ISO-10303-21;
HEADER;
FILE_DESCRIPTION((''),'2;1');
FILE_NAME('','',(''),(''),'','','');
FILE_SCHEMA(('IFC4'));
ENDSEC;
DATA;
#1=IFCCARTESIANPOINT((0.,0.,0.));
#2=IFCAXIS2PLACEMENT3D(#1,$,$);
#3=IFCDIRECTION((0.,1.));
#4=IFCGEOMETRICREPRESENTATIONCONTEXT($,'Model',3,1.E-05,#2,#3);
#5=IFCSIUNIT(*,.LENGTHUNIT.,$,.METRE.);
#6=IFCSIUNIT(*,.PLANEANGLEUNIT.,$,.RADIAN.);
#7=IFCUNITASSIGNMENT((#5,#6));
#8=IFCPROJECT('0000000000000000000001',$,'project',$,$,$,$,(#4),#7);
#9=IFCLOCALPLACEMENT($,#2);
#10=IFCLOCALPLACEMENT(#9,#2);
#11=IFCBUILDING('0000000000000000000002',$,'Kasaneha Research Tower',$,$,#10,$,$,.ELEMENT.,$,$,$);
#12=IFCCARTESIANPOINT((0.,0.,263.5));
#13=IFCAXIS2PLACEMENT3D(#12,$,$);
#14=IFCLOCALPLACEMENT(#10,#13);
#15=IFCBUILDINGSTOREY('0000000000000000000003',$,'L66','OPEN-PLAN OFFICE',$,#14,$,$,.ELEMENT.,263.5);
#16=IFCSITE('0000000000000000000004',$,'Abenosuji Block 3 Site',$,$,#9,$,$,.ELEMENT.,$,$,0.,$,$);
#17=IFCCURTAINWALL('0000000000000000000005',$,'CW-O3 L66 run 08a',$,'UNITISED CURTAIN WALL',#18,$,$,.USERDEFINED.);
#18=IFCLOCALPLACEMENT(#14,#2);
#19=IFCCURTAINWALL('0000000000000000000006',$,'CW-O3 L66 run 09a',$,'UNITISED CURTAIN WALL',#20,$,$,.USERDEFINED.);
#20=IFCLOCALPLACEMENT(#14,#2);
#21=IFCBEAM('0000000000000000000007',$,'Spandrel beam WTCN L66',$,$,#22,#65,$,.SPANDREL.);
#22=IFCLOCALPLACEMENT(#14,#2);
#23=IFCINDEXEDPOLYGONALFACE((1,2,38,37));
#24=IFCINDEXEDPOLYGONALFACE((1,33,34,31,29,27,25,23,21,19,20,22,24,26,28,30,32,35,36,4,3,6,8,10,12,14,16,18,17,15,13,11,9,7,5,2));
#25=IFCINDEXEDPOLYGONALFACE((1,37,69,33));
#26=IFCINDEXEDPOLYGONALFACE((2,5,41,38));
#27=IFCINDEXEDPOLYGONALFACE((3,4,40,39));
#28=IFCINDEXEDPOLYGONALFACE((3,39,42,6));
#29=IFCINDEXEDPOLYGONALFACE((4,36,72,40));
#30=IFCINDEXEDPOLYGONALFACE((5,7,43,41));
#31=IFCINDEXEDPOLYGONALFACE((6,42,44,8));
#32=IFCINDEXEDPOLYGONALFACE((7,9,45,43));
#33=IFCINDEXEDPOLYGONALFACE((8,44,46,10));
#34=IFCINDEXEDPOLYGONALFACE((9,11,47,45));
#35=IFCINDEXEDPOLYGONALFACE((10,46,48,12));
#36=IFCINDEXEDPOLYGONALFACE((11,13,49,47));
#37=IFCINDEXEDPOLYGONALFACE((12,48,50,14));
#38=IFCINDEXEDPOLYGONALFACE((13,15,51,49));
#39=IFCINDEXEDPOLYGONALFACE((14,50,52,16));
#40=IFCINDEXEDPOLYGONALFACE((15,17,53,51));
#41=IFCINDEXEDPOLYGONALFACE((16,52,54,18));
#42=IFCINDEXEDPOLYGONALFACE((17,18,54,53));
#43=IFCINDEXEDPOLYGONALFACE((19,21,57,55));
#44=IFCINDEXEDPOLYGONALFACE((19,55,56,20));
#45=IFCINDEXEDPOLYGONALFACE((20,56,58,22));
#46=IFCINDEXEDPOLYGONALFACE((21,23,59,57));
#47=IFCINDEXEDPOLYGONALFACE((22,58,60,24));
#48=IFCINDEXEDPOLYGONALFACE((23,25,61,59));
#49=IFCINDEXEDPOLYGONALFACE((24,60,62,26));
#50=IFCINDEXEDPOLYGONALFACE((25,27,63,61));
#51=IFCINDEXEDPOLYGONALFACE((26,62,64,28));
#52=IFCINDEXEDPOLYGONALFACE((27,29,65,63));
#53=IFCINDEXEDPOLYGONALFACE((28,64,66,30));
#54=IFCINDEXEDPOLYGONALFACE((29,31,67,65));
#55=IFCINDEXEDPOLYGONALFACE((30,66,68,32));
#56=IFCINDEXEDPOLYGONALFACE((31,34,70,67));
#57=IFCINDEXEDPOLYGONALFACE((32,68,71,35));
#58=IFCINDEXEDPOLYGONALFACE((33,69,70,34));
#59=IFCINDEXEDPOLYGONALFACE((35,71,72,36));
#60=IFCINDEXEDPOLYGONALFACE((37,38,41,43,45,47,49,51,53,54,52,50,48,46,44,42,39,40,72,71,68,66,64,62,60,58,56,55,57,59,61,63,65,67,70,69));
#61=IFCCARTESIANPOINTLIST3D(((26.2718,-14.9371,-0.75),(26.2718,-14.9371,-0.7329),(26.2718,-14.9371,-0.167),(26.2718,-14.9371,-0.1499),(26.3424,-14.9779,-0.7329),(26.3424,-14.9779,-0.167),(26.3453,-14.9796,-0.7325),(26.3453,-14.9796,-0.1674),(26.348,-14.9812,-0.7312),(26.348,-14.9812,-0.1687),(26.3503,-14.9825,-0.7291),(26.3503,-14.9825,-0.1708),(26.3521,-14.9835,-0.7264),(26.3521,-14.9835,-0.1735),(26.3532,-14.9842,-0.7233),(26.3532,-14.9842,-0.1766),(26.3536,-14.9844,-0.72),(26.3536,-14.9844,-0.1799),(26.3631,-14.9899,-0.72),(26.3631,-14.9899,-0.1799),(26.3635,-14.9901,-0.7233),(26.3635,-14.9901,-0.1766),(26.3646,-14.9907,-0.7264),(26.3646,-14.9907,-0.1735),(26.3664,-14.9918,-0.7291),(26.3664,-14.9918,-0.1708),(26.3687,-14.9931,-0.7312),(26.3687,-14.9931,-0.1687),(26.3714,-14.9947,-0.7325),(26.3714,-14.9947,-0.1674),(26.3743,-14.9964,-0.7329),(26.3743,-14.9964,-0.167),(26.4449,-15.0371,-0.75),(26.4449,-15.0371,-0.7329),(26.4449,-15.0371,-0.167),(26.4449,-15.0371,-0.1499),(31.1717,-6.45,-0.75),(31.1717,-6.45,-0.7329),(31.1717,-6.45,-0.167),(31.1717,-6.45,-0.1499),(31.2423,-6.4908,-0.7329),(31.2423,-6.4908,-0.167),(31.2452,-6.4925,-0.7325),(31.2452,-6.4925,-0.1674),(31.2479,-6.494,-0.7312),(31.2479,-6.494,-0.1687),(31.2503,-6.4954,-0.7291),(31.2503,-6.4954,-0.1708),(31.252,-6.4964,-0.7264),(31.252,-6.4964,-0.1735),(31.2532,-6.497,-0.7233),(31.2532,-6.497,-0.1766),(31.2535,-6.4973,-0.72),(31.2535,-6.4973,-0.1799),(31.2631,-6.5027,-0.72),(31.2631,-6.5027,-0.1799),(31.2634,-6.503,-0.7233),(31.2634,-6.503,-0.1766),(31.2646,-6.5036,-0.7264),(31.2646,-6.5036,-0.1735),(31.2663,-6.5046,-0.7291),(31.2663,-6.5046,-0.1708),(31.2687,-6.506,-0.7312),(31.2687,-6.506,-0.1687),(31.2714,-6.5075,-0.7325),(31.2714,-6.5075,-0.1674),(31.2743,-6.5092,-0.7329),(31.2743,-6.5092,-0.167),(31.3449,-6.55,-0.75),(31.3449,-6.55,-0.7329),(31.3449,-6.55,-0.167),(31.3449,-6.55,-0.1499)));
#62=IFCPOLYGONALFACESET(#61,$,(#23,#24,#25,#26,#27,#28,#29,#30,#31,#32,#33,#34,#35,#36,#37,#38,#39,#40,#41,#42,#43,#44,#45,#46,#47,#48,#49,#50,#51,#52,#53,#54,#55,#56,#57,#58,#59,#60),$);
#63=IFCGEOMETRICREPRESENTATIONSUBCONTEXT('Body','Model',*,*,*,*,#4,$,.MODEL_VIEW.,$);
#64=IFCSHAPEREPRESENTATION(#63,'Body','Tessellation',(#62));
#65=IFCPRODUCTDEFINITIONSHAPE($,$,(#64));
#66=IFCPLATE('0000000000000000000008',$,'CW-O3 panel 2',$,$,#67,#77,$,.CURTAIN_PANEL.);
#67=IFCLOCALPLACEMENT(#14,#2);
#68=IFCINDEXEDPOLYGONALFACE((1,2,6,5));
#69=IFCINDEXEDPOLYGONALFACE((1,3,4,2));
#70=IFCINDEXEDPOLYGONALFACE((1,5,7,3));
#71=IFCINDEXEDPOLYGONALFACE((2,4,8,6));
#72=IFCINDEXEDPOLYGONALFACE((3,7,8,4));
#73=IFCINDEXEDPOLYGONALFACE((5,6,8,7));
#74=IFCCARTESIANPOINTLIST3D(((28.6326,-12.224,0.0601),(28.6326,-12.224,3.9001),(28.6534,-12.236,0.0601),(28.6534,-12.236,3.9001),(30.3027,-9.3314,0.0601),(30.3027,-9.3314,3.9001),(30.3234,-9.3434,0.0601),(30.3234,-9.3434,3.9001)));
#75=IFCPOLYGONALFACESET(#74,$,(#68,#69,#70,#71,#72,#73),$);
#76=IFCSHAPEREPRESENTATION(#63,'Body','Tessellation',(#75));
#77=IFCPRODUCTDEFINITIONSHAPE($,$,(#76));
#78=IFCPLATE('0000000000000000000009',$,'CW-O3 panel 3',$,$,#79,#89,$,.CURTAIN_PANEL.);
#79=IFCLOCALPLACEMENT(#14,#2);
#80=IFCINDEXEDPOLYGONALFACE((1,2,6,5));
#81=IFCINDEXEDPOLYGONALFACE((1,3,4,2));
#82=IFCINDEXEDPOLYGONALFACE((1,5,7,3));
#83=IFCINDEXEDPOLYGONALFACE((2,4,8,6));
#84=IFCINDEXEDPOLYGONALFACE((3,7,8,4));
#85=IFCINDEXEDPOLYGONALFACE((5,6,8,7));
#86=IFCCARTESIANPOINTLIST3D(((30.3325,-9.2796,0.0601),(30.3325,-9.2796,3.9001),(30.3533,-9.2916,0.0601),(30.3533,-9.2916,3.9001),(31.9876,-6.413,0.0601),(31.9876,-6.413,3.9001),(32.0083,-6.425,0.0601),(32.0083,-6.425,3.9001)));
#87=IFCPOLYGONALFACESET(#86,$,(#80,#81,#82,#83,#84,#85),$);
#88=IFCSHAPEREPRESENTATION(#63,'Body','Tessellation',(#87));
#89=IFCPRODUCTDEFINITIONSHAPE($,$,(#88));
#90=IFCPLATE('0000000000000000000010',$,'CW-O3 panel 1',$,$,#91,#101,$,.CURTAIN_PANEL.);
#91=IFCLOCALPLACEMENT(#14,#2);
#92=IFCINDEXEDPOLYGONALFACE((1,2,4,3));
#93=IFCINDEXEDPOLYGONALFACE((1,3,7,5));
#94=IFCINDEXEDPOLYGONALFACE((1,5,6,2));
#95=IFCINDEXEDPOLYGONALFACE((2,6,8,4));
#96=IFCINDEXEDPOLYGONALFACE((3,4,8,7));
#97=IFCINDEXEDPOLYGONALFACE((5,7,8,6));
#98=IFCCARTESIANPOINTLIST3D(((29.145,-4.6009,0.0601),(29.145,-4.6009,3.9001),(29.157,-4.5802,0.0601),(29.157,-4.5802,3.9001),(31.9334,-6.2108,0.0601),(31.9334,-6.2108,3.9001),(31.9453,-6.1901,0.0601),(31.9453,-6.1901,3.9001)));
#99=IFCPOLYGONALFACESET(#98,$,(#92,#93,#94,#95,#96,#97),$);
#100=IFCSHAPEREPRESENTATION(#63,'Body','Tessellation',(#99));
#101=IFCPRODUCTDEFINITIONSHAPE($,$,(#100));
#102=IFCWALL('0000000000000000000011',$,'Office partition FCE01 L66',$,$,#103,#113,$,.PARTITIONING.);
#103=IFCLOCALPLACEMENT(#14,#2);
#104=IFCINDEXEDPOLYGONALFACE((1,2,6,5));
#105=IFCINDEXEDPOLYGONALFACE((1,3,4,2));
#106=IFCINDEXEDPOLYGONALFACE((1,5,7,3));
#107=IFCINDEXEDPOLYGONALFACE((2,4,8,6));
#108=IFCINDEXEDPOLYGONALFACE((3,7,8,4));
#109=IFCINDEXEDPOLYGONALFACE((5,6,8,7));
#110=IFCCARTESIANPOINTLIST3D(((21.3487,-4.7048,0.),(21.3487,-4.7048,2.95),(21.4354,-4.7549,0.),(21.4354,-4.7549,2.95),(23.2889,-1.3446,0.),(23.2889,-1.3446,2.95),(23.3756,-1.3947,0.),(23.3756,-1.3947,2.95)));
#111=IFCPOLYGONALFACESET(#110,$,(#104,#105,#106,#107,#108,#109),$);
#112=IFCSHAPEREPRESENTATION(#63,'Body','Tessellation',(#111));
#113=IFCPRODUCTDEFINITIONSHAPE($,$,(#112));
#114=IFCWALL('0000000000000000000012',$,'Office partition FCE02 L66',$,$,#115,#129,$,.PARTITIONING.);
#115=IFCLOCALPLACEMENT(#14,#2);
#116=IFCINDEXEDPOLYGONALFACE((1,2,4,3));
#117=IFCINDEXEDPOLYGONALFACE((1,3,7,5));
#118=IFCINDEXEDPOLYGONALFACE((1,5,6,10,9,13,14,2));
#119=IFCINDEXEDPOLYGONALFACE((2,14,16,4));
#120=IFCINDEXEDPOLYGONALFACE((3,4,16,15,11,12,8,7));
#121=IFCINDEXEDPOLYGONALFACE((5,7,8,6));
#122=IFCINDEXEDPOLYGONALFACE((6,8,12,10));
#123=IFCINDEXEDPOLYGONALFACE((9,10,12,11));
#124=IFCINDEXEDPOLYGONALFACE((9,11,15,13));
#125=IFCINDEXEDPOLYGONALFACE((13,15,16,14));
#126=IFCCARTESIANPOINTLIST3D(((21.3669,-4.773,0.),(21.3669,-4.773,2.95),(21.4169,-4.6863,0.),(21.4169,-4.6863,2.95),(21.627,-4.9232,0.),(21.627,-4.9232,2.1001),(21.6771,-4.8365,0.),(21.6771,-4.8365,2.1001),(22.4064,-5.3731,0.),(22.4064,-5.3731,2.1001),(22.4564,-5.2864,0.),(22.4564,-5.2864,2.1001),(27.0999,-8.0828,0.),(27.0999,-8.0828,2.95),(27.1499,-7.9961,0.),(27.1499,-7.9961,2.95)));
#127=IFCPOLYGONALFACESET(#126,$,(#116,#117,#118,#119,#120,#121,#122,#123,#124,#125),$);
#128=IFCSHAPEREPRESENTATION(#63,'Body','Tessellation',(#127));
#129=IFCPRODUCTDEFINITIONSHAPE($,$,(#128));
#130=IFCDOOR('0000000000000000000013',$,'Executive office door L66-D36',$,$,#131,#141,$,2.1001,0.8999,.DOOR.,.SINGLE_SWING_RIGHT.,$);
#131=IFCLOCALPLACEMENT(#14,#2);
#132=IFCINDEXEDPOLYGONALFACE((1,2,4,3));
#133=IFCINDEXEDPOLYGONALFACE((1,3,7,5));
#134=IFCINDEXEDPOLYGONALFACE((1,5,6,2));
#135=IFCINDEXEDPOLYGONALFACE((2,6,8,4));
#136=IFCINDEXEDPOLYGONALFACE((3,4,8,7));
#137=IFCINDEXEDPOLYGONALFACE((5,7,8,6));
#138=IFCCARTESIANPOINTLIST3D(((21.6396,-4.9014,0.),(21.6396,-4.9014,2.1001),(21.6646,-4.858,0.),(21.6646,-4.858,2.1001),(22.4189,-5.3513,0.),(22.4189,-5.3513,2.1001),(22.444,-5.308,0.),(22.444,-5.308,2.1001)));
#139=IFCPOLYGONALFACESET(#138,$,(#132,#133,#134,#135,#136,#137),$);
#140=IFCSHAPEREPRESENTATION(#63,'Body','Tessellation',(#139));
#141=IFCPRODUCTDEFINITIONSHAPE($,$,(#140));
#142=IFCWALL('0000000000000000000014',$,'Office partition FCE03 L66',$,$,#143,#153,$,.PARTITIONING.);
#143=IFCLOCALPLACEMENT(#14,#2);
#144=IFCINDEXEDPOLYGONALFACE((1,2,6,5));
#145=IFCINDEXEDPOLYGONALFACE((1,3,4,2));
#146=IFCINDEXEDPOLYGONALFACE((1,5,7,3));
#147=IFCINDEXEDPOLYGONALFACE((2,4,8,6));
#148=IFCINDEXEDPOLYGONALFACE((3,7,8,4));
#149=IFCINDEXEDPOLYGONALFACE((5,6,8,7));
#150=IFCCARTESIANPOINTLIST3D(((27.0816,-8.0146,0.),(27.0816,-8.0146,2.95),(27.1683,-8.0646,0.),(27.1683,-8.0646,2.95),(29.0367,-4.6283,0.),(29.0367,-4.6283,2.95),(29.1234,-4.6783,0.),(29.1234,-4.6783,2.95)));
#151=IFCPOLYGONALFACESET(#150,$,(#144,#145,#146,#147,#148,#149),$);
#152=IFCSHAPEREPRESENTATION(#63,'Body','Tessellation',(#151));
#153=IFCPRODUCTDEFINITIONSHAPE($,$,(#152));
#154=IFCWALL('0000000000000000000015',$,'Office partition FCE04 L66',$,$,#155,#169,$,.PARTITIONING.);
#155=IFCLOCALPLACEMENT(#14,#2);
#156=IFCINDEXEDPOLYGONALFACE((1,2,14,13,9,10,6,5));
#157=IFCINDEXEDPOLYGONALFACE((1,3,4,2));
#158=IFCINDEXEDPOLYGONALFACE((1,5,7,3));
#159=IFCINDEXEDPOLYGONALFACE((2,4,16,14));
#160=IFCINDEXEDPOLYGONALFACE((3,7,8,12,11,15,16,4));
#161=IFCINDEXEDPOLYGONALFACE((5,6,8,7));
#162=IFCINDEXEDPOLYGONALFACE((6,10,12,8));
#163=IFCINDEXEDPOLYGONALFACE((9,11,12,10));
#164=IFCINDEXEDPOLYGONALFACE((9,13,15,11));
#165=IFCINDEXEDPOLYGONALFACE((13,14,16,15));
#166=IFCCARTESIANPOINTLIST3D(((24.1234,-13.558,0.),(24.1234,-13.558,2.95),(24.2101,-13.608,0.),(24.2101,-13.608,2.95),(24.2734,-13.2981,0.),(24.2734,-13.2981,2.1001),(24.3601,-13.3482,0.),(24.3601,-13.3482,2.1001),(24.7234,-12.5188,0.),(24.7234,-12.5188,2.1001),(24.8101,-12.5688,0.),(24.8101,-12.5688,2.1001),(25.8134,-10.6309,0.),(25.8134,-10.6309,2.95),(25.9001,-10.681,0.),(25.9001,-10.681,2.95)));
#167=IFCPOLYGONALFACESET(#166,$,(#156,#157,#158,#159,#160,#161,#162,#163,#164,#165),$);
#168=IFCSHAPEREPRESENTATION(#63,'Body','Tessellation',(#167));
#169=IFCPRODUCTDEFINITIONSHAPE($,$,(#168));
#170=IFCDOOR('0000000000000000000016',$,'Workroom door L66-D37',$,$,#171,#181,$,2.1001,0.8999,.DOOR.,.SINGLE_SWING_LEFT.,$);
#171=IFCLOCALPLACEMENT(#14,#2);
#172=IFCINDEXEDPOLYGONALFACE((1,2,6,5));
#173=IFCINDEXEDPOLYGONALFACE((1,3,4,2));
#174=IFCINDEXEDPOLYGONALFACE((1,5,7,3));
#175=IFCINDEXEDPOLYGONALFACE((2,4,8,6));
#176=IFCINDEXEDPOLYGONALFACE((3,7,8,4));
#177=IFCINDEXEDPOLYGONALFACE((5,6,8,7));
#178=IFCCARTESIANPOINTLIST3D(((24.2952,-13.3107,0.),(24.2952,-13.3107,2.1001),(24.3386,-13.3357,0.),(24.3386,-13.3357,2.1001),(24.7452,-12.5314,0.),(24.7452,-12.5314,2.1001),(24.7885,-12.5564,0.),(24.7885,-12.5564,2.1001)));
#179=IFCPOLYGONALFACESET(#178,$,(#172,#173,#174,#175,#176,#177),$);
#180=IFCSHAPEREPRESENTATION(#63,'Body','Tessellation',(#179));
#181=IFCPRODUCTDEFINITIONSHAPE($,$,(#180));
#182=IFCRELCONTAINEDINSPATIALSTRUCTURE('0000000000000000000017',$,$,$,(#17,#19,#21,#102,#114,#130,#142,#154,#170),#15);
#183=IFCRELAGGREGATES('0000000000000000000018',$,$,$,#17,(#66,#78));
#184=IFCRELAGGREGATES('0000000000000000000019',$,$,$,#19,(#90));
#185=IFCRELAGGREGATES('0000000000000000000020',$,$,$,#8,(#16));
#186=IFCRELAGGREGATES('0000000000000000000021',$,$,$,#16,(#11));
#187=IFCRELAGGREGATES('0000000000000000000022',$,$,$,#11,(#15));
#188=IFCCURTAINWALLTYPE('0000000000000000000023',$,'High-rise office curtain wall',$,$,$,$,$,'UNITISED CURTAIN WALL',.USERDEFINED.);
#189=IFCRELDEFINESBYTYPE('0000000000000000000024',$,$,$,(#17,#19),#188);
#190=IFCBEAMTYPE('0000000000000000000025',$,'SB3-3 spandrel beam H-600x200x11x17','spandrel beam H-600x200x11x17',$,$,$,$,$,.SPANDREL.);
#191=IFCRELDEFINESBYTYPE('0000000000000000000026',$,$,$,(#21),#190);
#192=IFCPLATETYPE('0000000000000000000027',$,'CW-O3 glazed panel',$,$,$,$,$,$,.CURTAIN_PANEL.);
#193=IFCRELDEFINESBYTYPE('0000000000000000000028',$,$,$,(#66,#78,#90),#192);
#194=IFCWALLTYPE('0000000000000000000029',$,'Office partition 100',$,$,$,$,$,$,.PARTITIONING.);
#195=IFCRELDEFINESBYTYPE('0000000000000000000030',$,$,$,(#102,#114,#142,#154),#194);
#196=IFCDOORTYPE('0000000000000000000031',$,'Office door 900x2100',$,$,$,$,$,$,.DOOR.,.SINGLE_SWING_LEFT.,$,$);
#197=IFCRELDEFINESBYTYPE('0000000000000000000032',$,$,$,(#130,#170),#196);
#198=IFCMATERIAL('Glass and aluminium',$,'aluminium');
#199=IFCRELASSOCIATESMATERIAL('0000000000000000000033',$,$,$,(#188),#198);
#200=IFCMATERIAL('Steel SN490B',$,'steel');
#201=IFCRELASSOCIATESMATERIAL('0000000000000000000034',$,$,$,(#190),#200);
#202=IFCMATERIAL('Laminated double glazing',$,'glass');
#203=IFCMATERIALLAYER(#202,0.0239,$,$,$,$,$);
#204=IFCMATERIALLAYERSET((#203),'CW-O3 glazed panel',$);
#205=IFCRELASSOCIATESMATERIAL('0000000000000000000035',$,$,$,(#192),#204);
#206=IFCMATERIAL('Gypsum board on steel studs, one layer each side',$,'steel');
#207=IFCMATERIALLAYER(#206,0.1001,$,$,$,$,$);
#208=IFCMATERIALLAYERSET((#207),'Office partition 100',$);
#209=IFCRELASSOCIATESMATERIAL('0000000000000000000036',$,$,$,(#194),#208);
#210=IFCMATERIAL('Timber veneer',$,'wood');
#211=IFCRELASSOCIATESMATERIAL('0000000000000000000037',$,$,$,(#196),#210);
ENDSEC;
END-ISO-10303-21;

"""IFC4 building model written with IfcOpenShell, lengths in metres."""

from ifc_helpers import new_model, si_unit, direction, frame, frame_2d, origin, origin_2d, place, context, subcontext, project, spatial, rectangle, i_section, extrude, material, layer, layer_set, material_profile, profile_set, type_object, element, fill, aggregate, save


model = new_model("IFC4")

# Units and contexts
model_context = context("Model", 3, precision=1e-05, world=origin(), true_north=direction((0.0, 1.0)))
body_context = subcontext(model_context, "Body", "Model", "MODEL_VIEW")
ifc_project = project(units=[si_unit("LENGTHUNIT", "METRE"), si_unit("PLANEANGLEUNIT", "RADIAN")], contexts=[model_context])

# Site, building, storey
site_placement = place(None, origin())
site = spatial("IfcSite", under=ifc_project, at=site_placement, Name="Abenosuji Block 3 Site", CompositionType="ELEMENT", RefElevation=0.0)
building_placement = place(site_placement, origin())
building = spatial("IfcBuilding", under=site, at=building_placement, Name="Kasaneha Research Tower", CompositionType="ELEMENT")
storey_placement = place(building_placement, frame((0.0, 0.0, 263.5)))
storey = spatial("IfcBuildingStorey", under=building, at=storey_placement, Name="L66", Description="OPEN-PLAN OFFICE", CompositionType="ELEMENT", Elevation=263.5)

# Curtain walls
ifc_material_1 = material(Name="Glass and aluminium", Category="aluminium")
curtain_wall_type = type_object("IfcCurtainWallType", Name="High-rise office curtain wall", ElementType="UNITISED CURTAIN WALL", PredefinedType="USERDEFINED", material=ifc_material_1)
curtain_wall_1_placement = place(storey_placement, origin())
curtain_wall_1 = element("IfcCurtainWall", 1, at=curtain_wall_1_placement, inside=storey, type_object=curtain_wall_type, Name="CW-O3 L66 run 08a", ObjectType="UNITISED CURTAIN WALL", PredefinedType="USERDEFINED")
curtain_wall_2_placement = place(storey_placement, origin())
curtain_wall_2 = element("IfcCurtainWall", 2, at=curtain_wall_2_placement, inside=storey, type_object=curtain_wall_type, Name="CW-O3 L66 run 09a", ObjectType="UNITISED CURTAIN WALL", PredefinedType="USERDEFINED")

# Beam
ifc_material_2 = material(Name="Steel SN490B", Category="steel")
ifc_material_profile_1 = material_profile(ifc_material_2, i_section(OverallWidth=0.2, OverallDepth=0.6001, WebThickness=0.011, FlangeThickness=0.0171, FilletRadius=0.0129, at=origin_2d()), Name="H-600x200x11x17")
ifc_profile_set_1 = profile_set([ifc_material_profile_1], Name="Steel SN490B")
beam_type_1 = type_object("IfcBeamType", Name="SB3-3 spandrel beam H-600x200x11x17", Description="spandrel beam H-600x200x11x17", PredefinedType="SPANDREL", material=ifc_profile_set_1)
beam_1_placement = place(storey_placement, frame((31.2583, -6.5, -0.45), z_axis=(-0.499992, -0.86603, 0.0), x_axis=(0.86603, -0.499992, 0.0)))
element("IfcBeam", 3, at=beam_1_placement, inside=storey, type_object=beam_type_1, Name="Spandrel beam WTCN L66", PredefinedType="SPANDREL", context=body_context, shape_type="SweptSolid", body=[
    extrude(i_section(OverallWidth=0.2, OverallDepth=0.6001, WebThickness=0.011, FlangeThickness=0.0171, FilletRadius=0.0129, at=origin_2d()), origin(), (0.0, 0.0, 1.0), 9.8),
])

# Plates
ifc_material_3 = material(Name="Laminated double glazing", Category="glass")
ifc_layer_1 = layer(ifc_material_3, 0.0239)
ifc_layer_set_1 = layer_set([ifc_layer_1], Name="CW-O3 glazed panel")
plate_type = type_object("IfcPlateType", Name="CW-O3 glazed panel", PredefinedType="CURTAIN_PANEL", material=ifc_layer_set_1)
plate_1_placement = place(storey_placement, frame((29.478, -10.7837, 0.0601), z_axis=(0.0, 0.0, 1.0), x_axis=(0.5, 0.866025, 0.0)))
plate_1 = element("IfcPlate", 4, at=plate_1_placement, type_object=plate_type, Name="CW-O3 panel 2", PredefinedType="CURTAIN_PANEL", context=body_context, shape_type="SweptSolid", body=[
    extrude(rectangle(XDim=3.3401, YDim=0.0239, at=origin_2d()), origin(), (0.0, 0.0, 1.0), 3.8401),
])
plate_2_placement = place(storey_placement, frame((31.1704, -7.8523, 0.0601), z_axis=(0.0, 0.0, 1.0), x_axis=(0.5, 0.866025, 0.0)))
plate_2 = element("IfcPlate", 5, at=plate_2_placement, type_object=plate_type, Name="CW-O3 panel 3", PredefinedType="CURTAIN_PANEL", context=body_context, shape_type="SweptSolid", body=[
    extrude(rectangle(XDim=3.3101, YDim=0.0239, at=origin_2d()), origin(), (0.0, 0.0, 1.0), 3.8401),
])
aggregate(curtain_wall_1, [plate_1, plate_2])
plate_3_placement = place(storey_placement, frame((30.5452, -5.3955, 0.0601), z_axis=(0.0, 0.0, 1.0), x_axis=(-0.866025, 0.5, 0.0)))
plate_3 = element("IfcPlate", 6, at=plate_3_placement, type_object=plate_type, Name="CW-O3 panel 1", PredefinedType="CURTAIN_PANEL", context=body_context, shape_type="SweptSolid", body=[
    extrude(rectangle(XDim=3.2197, YDim=0.0239, at=origin_2d()), origin(), (0.0, 0.0, 1.0), 3.8401),
])
aggregate(curtain_wall_2, [plate_3])

# Wall
ifc_material_4 = material(Name="Gypsum board on steel studs, one layer each side", Category="steel")
ifc_layer_2 = layer(ifc_material_4, 0.1001)
ifc_layer_set_2 = layer_set([ifc_layer_2], Name="Office partition 100")
wall_type = type_object("IfcWallType", Name="Office partition 100", PredefinedType="PARTITIONING", material=ifc_layer_set_2)
wall_1_placement = place(storey_placement, frame((21.3921, -4.7297, 0.0), z_axis=(0.0, 0.0, 1.0), x_axis=(0.500044, 0.866, 0.0)))
element("IfcWall", 7, at=wall_1_placement, inside=storey, type_object=wall_type, Name="Office partition FCE01 L66", PredefinedType="PARTITIONING", context=body_context, shape_type="SweptSolid", body=[
    extrude(rectangle(XDim=3.8801, YDim=0.1001, at=frame_2d((1.9399, 0.0))), origin(), (0.0, 0.0, 1.0), 2.95),
])

# Wall, opening, door
wall_2_placement = place(storey_placement, frame((27.125, -8.0396, 0.0), z_axis=(0.0, 0.0, 1.0), x_axis=(-0.866031, 0.499991, 0.0)))
wall_2 = element("IfcWall", 8, at=wall_2_placement, inside=storey, type_object=wall_type, Name="Office partition FCE02 L66", PredefinedType="PARTITIONING", context=body_context, shape_type="SweptSolid", body=[
    extrude(rectangle(XDim=6.6199, YDim=0.1001, at=frame_2d((3.3101, 0.0))), origin(), (0.0, 0.0, 1.0), 2.95),
])
opening_1_placement = place(wall_2_placement, frame((5.4197, 0.0, 0.0)))
opening_1 = element("IfcOpeningElement", 9, at=opening_1_placement, cuts=wall_2, PredefinedType="OPENING", context=body_context, shape_type="SweptSolid", body=[
    extrude(rectangle(XDim=0.8999, YDim=2.1001, at=frame_2d((0.45, 1.05))), frame((0.0, 0.0601, 0.0), z_axis=(0.0, -1.0, 0.0), x_axis=(1.0, 0.0, 0.0)), (0.0, 0.0, 1.0), 0.1201),
])
ifc_material_5 = material(Name="Timber veneer", Category="wood")
door_type = type_object("IfcDoorType", Name="Office door 900x2100", OperationType="SINGLE_SWING_LEFT", PredefinedType="DOOR", material=ifc_material_5)
door_1_placement = place(opening_1_placement, origin())
door_1 = element("IfcDoor", 10, at=door_1_placement, inside=storey, type_object=door_type, Name="Executive office door L66-D36", OperationType="SINGLE_SWING_RIGHT", OverallHeight=2.1001, OverallWidth=0.8999, PredefinedType="DOOR", context=body_context, shape_type="SweptSolid", body=[
    extrude(rectangle(XDim=0.8999, YDim=2.1001, at=frame_2d((0.45, 1.05))), frame((0.0, 0.0249, 0.0), z_axis=(0.0, -1.0, 0.0), x_axis=(1.0, 0.0, 0.0)), (0.0, 0.0, 1.0), 0.05),
])
fill(opening_1, door_1)

# Wall
wall_3_placement = place(storey_placement, frame((29.0801, -4.6533, 0.0), z_axis=(0.0, 0.0, 1.0), x_axis=(-0.500007, -0.866021, 0.0)))
element("IfcWall", 11, at=wall_3_placement, inside=storey, type_object=wall_type, Name="Office partition FCE03 L66", PredefinedType="PARTITIONING", context=body_context, shape_type="SweptSolid", body=[
    extrude(rectangle(XDim=3.9102, YDim=0.1001, at=frame_2d((1.9551, 0.0))), origin(), (0.0, 0.0, 1.0), 2.95),
])

# Wall, opening, door
wall_4_placement = place(storey_placement, frame((24.1667, -13.583, 0.0), z_axis=(0.0, 0.0, 1.0), x_axis=(0.500008, 0.866021, 0.0)))
wall_4 = element("IfcWall", 12, at=wall_4_placement, inside=storey, type_object=wall_type, Name="Office partition FCE04 L66", PredefinedType="PARTITIONING", context=body_context, shape_type="SweptSolid", body=[
    extrude(rectangle(XDim=3.3799, YDim=0.1001, at=frame_2d((1.6899, 0.0))), origin(), (0.0, 0.0, 1.0), 2.95),
])
opening_2_placement = place(wall_4_placement, frame((0.3, 0.0, 0.0)))
opening_2 = element("IfcOpeningElement", 13, at=opening_2_placement, cuts=wall_4, PredefinedType="OPENING", context=body_context, shape_type="SweptSolid", body=[
    extrude(rectangle(XDim=0.8999, YDim=2.1001, at=frame_2d((0.45, 1.05))), frame((0.0, 0.0601, 0.0), z_axis=(0.0, -1.0, 0.0), x_axis=(1.0, 0.0, 0.0)), (0.0, 0.0, 1.0), 0.1201),
])
door_2_placement = place(opening_2_placement, origin())
door_2 = element("IfcDoor", 14, at=door_2_placement, inside=storey, type_object=door_type, Name="Workroom door L66-D37", OperationType="SINGLE_SWING_LEFT", OverallHeight=2.1001, OverallWidth=0.8999, PredefinedType="DOOR", context=body_context, shape_type="SweptSolid", body=[
    extrude(rectangle(XDim=0.8999, YDim=2.1001, at=frame_2d((0.45, 1.05))), frame((0.0, 0.0249, 0.0), z_axis=(0.0, -1.0, 0.0), x_axis=(1.0, 0.0, 0.0)), (0.0, 0.0, 1.0), 0.05),
])
fill(opening_2, door_2)

save(model, "model.ifc")
